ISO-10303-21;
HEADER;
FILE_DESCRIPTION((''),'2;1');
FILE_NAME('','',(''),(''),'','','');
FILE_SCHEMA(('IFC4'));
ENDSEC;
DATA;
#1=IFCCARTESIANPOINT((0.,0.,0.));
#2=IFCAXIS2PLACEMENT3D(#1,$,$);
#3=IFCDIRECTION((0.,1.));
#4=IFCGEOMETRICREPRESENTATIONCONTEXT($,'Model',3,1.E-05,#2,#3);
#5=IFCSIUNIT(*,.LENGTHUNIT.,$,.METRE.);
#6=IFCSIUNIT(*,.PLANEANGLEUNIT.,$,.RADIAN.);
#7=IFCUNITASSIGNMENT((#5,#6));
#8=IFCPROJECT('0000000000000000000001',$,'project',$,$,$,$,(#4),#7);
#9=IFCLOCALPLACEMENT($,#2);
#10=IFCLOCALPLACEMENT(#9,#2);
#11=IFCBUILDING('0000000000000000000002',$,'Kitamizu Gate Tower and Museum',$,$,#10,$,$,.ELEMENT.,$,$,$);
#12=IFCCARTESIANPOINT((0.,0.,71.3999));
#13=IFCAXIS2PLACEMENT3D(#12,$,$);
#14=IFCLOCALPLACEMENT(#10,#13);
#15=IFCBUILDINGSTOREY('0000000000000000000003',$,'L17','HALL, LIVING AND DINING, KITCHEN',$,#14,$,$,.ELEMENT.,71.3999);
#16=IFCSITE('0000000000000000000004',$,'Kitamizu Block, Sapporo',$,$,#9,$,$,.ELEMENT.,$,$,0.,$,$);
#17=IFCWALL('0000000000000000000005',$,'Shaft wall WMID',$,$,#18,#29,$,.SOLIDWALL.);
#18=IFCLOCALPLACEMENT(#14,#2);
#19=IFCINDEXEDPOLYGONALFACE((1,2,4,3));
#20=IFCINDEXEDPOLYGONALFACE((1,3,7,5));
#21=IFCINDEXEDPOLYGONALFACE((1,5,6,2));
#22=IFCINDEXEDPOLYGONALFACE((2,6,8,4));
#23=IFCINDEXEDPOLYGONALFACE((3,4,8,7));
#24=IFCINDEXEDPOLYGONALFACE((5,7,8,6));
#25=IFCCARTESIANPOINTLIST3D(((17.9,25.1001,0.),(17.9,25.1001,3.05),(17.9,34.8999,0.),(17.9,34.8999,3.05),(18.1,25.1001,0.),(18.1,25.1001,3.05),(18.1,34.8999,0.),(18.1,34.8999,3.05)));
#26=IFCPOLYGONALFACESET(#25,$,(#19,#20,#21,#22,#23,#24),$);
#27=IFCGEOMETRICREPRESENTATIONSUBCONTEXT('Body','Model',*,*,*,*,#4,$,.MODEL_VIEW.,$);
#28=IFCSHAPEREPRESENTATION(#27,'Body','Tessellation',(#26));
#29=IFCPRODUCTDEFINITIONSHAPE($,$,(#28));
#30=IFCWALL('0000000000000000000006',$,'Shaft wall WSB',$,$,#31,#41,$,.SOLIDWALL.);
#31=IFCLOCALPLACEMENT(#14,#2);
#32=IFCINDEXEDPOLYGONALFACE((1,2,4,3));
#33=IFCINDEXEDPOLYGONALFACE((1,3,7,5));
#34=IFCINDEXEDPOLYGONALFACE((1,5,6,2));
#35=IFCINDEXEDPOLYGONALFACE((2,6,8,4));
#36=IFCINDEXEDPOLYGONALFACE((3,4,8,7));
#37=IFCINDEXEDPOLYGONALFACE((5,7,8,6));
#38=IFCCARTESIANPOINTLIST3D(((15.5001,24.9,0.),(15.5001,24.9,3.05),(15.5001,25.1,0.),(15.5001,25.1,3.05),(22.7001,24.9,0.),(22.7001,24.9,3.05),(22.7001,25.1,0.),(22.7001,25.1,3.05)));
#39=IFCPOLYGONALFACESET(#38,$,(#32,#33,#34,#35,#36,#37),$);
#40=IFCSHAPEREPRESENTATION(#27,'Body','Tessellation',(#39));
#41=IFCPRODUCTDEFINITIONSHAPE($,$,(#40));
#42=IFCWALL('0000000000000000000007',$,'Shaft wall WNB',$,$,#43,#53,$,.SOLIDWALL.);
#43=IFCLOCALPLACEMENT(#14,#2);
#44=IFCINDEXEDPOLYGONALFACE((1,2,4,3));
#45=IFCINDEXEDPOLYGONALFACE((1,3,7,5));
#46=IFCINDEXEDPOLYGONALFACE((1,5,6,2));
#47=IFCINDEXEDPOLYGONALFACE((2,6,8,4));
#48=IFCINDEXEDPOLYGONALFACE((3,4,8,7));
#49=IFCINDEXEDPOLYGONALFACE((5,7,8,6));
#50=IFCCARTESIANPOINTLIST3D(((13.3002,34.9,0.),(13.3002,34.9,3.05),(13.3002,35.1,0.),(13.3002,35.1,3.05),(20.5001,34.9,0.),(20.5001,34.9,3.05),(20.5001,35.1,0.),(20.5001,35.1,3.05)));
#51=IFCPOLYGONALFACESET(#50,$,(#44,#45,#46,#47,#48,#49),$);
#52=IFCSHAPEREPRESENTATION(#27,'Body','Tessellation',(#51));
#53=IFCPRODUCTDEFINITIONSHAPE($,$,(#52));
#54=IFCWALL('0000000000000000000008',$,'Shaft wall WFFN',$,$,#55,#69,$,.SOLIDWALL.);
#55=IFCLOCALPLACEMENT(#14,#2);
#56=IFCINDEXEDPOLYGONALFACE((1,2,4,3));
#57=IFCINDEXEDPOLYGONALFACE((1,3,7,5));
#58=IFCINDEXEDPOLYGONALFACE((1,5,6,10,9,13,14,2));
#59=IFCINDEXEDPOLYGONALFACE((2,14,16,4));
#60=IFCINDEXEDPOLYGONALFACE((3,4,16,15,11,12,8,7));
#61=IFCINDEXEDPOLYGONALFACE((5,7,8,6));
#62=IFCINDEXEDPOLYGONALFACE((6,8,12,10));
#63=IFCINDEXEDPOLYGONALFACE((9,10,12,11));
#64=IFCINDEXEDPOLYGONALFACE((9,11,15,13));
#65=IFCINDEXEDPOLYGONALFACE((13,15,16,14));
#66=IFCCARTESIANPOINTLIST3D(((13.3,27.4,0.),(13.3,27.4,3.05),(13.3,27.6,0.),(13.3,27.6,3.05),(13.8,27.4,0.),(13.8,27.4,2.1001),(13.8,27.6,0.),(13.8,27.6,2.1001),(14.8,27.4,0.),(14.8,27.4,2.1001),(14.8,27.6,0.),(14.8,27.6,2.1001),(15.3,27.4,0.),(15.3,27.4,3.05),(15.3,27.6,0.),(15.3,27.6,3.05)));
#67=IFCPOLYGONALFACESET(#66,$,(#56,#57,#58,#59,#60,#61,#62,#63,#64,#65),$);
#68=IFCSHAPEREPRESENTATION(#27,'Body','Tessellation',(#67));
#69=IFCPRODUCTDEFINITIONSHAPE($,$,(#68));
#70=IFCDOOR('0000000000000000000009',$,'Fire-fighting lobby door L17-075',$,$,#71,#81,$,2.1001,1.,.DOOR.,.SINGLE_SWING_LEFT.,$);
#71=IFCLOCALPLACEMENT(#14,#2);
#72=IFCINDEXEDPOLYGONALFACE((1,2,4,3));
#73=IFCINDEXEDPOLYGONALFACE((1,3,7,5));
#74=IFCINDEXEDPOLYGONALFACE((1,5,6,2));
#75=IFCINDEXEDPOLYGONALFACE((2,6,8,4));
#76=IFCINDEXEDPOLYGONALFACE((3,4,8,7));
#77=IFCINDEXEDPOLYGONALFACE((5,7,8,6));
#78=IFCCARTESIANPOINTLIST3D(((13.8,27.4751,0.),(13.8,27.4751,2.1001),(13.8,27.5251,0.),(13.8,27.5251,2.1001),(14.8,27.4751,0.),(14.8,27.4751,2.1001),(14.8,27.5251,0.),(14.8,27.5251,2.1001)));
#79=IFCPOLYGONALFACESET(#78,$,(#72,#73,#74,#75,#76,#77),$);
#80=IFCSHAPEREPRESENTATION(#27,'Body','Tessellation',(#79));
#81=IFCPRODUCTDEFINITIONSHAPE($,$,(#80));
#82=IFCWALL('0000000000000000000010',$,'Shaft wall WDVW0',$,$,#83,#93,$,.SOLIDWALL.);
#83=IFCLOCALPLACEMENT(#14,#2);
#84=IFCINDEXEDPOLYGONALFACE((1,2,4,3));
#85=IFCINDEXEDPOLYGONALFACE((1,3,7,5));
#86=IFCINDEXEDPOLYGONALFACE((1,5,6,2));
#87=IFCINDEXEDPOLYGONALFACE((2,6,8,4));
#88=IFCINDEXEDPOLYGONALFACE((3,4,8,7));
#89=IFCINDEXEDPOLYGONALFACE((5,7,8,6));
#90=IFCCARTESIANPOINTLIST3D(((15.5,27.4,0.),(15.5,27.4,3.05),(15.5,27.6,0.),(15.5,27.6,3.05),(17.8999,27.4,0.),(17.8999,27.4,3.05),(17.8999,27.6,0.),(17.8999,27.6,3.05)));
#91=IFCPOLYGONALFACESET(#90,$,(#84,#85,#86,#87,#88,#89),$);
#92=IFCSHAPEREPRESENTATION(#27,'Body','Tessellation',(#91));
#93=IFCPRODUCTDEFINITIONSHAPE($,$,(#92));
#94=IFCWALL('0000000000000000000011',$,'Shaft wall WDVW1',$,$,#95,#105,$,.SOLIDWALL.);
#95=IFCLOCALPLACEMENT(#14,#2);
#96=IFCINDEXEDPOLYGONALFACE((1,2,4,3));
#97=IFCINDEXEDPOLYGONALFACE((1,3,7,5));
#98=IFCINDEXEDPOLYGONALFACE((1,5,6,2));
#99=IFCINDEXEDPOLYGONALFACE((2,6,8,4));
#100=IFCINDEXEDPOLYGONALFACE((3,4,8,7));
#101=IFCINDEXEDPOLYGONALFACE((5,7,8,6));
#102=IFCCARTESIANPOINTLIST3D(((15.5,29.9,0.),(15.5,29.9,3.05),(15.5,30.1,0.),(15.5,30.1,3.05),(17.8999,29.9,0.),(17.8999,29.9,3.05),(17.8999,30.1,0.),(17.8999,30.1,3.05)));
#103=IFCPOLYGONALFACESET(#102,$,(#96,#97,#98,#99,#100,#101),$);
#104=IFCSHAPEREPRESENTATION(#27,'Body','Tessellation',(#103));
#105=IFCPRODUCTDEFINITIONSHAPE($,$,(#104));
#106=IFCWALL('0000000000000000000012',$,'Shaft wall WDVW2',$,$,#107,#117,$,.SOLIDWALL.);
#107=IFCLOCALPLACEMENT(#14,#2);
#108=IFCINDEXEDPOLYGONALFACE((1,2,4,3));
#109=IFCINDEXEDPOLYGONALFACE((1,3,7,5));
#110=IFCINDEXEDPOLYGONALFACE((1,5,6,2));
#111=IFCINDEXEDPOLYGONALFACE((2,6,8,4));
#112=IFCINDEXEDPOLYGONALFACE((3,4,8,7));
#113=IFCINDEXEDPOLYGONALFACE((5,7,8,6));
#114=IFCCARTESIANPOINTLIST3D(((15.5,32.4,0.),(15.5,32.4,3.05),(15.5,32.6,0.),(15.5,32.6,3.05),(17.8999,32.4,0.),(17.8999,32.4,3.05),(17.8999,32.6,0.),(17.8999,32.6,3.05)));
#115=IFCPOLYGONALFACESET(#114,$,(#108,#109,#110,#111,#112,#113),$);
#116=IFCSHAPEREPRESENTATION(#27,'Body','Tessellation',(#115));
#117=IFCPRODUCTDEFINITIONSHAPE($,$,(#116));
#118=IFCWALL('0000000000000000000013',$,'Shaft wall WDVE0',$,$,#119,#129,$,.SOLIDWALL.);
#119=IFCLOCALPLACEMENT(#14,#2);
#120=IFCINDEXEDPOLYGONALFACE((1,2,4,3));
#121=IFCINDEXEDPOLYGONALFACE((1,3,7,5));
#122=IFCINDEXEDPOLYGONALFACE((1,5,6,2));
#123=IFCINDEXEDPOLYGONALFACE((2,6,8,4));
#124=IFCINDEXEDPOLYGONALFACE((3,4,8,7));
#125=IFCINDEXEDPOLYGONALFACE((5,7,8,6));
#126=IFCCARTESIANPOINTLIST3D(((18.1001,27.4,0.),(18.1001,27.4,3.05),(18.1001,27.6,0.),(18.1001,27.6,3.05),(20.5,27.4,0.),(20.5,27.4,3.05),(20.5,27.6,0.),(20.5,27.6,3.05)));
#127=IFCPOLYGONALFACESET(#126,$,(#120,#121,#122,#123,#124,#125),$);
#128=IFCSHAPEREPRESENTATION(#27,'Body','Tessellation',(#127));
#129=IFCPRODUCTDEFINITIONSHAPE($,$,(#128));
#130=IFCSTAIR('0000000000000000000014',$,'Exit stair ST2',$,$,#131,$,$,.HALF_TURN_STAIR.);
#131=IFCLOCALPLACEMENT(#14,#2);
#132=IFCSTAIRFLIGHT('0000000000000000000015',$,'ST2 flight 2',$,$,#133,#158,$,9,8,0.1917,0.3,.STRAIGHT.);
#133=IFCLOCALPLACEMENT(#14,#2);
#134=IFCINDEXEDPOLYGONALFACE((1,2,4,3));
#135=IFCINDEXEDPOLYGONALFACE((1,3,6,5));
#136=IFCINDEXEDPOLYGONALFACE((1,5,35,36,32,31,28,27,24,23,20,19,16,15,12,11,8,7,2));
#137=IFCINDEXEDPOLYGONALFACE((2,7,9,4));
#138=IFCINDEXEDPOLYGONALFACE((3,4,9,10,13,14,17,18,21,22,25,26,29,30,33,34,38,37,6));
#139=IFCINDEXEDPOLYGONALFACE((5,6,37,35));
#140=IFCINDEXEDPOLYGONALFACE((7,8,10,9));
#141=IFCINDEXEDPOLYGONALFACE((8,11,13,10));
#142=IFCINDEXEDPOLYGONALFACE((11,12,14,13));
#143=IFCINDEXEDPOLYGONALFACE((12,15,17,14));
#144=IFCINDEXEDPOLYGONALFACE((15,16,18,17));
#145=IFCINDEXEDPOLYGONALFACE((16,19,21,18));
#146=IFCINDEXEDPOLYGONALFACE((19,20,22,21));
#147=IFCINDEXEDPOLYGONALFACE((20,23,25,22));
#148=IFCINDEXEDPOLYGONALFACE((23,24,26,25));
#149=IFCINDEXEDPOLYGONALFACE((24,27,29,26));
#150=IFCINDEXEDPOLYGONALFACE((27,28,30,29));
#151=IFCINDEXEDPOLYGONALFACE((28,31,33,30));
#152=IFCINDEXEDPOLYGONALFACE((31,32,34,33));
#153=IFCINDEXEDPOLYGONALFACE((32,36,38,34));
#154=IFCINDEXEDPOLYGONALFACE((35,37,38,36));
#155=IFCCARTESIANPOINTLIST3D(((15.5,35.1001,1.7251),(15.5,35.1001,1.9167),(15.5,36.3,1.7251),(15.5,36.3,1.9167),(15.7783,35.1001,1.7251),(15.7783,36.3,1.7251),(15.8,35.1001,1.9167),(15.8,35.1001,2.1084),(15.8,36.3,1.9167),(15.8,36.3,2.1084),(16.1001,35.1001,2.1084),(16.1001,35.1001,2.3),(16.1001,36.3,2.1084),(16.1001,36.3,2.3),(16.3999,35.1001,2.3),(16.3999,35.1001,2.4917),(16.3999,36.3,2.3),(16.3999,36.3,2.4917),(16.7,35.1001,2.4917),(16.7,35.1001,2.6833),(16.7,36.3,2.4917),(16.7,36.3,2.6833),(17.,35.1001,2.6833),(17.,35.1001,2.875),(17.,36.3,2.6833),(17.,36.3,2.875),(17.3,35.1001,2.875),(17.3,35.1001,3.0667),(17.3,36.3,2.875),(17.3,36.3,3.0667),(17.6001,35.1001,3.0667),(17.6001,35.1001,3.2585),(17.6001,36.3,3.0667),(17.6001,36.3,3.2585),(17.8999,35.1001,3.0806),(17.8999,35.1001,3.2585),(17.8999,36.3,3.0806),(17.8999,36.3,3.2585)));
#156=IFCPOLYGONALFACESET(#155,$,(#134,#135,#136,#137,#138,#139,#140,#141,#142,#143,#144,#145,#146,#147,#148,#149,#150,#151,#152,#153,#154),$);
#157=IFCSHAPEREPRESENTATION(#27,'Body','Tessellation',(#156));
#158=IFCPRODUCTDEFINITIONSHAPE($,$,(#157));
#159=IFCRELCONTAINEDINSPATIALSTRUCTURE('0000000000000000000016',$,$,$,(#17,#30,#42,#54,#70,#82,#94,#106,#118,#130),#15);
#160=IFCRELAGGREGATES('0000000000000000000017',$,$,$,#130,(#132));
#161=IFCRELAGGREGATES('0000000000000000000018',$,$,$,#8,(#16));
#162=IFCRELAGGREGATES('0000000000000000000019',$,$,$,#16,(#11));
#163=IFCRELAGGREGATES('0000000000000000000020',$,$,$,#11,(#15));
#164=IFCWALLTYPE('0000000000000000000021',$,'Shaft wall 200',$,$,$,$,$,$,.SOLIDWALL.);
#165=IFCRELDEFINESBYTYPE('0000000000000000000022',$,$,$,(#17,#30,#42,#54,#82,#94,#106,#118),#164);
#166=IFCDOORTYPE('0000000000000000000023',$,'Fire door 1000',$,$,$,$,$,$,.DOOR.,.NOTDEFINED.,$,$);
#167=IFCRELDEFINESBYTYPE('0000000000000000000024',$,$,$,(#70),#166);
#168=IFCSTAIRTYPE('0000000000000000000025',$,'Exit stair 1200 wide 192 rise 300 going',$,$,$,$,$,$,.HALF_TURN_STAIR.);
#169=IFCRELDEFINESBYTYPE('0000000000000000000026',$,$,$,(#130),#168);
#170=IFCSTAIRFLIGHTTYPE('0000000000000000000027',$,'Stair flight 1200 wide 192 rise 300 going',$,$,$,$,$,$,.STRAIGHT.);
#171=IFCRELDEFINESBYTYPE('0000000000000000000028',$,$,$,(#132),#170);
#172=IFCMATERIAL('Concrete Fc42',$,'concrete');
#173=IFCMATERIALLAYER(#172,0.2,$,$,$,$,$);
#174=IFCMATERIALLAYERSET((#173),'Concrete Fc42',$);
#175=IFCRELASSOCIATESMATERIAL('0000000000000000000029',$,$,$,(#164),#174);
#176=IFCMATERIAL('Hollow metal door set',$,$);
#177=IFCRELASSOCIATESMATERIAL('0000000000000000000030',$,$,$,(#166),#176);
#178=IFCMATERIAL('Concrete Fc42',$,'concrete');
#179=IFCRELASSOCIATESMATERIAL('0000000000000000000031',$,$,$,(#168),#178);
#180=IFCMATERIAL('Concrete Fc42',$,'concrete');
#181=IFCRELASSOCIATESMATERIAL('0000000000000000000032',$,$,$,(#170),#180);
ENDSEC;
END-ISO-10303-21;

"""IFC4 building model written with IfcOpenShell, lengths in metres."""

from ifc_helpers import new_model, si_unit, direction, frame, frame_2d, origin, place, context, subcontext, project, spatial, polyline, rectangle, outline, extrude, material, layer, layer_set, type_object, element, fill, aggregate, save


model = new_model("IFC4")

# Units and contexts
model_context = context("Model", 3, precision=1e-05, world=origin(), true_north=direction((0.0, 1.0)))
body_context = subcontext(model_context, "Body", "Model", "MODEL_VIEW")
ifc_project = project(units=[si_unit("LENGTHUNIT", "METRE"), si_unit("PLANEANGLEUNIT", "RADIAN")], contexts=[model_context])

# Site, building, storey
site_placement = place(None, origin())
site = spatial("IfcSite", under=ifc_project, at=site_placement, Name="Kitamizu Block, Sapporo", CompositionType="ELEMENT", RefElevation=0.0)
building_placement = place(site_placement, origin())
building = spatial("IfcBuilding", under=site, at=building_placement, Name="Kitamizu Gate Tower and Museum", CompositionType="ELEMENT")
storey_placement = place(building_placement, frame((0.0, 0.0, 71.3999)))
storey = spatial("IfcBuildingStorey", under=building, at=storey_placement, Name="L17", Description="HALL, LIVING AND DINING, KITCHEN", CompositionType="ELEMENT", Elevation=71.3999)

# Walls
ifc_material_1 = material(Name="Concrete Fc42", Category="concrete")
ifc_layer_1 = layer(ifc_material_1, 0.2)
ifc_layer_set_1 = layer_set([ifc_layer_1], Name="Concrete Fc42")
wall_type_1 = type_object("IfcWallType", Name="Shaft wall 200", PredefinedType="SOLIDWALL", material=ifc_layer_set_1)
wall_1_placement = place(storey_placement, frame((18.0, 25.1001, 0.0), z_axis=(0.0, 0.0, 1.0), x_axis=(0.0, 1.0, 0.0)))
element("IfcWall", 1, at=wall_1_placement, inside=storey, type_object=wall_type_1, Name="Shaft wall WMID", PredefinedType="SOLIDWALL", context=body_context, shape_type="SweptSolid", body=[
    extrude(rectangle(XDim=9.7998, YDim=0.2, at=frame_2d((4.8999, 0.0))), origin(), (0.0, 0.0, 1.0), 3.05),
])
for number, where, z_axis, x_axis, name in (
    (2, (15.5, 25.0, 0.0), (0.0, 0.0, 1.0), (1.0, 0.0, 0.0), "Shaft wall WSB"),
    (3, (13.3, 35.0, 0.0), (0.0, 0.0, 1.0), (1.0, 0.0, 0.0), "Shaft wall WNB"),
):
    element("IfcWall", number, at=place(storey_placement, frame(where, z_axis=z_axis, x_axis=x_axis)), inside=storey, type_object=wall_type_1, Name=name, PredefinedType="SOLIDWALL", context=body_context, shape_type="SweptSolid", body=[
        extrude(rectangle(XDim=7.2, YDim=0.2, at=frame_2d((3.6001, 0.0))), origin(), (0.0, 0.0, 1.0), 3.05),
    ])

# Wall, opening, door
wall_2_placement = place(storey_placement, frame((13.3, 27.5, 0.0), z_axis=(0.0, 0.0, 1.0), x_axis=(1.0, 0.0, 0.0)))
wall_2 = element("IfcWall", 4, at=wall_2_placement, inside=storey, type_object=wall_type_1, Name="Shaft wall WFFN", PredefinedType="SOLIDWALL", context=body_context, shape_type="SweptSolid", body=[
    extrude(rectangle(XDim=2.0, YDim=0.2, at=frame_2d((1.0, 0.0))), origin(), (0.0, 0.0, 1.0), 3.05),
])
opening_1_placement = place(wall_2_placement, frame((0.5, 0.0, 0.0)))
opening_1 = element("IfcOpeningElement", 5, at=opening_1_placement, cuts=wall_2, PredefinedType="OPENING", context=body_context, shape_type="SweptSolid", body=[
    extrude(rectangle(XDim=1.0, YDim=2.1001, at=frame_2d((0.5, 1.05))), frame((0.0, 0.1099, 0.0), z_axis=(0.0, -1.0, 0.0), x_axis=(1.0, 0.0, 0.0)), (0.0, 0.0, 1.0), 0.22),
])
ifc_material_2 = material(Name="Hollow metal door set")
door_type_1 = type_object("IfcDoorType", Name="Fire door 1000", OperationType="NOTDEFINED", PredefinedType="DOOR", material=ifc_material_2)
door_1_placement = place(opening_1_placement, frame((1.0, 0.0, 0.0), x_axis=(-1.0, 0.0, 0.0)))
door_1 = element("IfcDoor", 6, at=door_1_placement, inside=storey, type_object=door_type_1, Name="Fire-fighting lobby door L17-075", OperationType="SINGLE_SWING_LEFT", OverallHeight=2.1001, OverallWidth=1.0, PredefinedType="DOOR", context=body_context, shape_type="SweptSolid", body=[
    extrude(rectangle(XDim=1.0, YDim=2.1001, at=frame_2d((0.5, 1.05))), frame((0.0, 0.0249, 0.0), z_axis=(0.0, -1.0, 0.0), x_axis=(1.0, 0.0, 0.0)), (0.0, 0.0, 1.0), 0.05),
])
fill(opening_1, door_1)

# Walls
for number, where, z_axis, x_axis, name in (
    (7, (15.5, 27.5, 0.0), (0.0, 0.0, 1.0), (1.0, 0.0, 0.0), "Shaft wall WDVW0"),
    (8, (15.5, 30.0, 0.0), (0.0, 0.0, 1.0), (1.0, 0.0, 0.0), "Shaft wall WDVW1"),
    (9, (15.5, 32.5, 0.0), (0.0, 0.0, 1.0), (1.0, 0.0, 0.0), "Shaft wall WDVW2"),
    (10, (18.1001, 27.5, 0.0), (0.0, 0.0, 1.0), (1.0, 0.0, 0.0), "Shaft wall WDVE0"),
):
    element("IfcWall", number, at=place(storey_placement, frame(where, z_axis=z_axis, x_axis=x_axis)), inside=storey, type_object=wall_type_1, Name=name, PredefinedType="SOLIDWALL", context=body_context, shape_type="SweptSolid", body=[
        extrude(rectangle(XDim=2.3999, YDim=0.2, at=frame_2d((1.2, 0.0))), origin(), (0.0, 0.0, 1.0), 3.05),
    ])

# Stair, stair flight
ifc_material_3 = material(Name="Concrete Fc42", Category="concrete")
stair_type = type_object("IfcStairType", Name="Exit stair 1200 wide 192 rise 300 going", PredefinedType="HALF_TURN_STAIR", material=ifc_material_3)
stair_placement = place(storey_placement, origin())
stair = element("IfcStair", 11, at=stair_placement, inside=storey, type_object=stair_type, Name="Exit stair ST2", PredefinedType="HALF_TURN_STAIR")
ifc_material_4 = material(Name="Concrete Fc42", Category="concrete")
stair_flight_type = type_object("IfcStairFlightType", Name="Stair flight 1200 wide 192 rise 300 going", PredefinedType="STRAIGHT", material=ifc_material_4)
stair_flight_placement = place(storey_placement, frame((15.5, 35.7, 1.7251), z_axis=(0.0, 0.0, 1.0), x_axis=(1.0, 0.0, 0.0)))
stair_flight = element("IfcStairFlight", 12, at=stair_flight_placement, type_object=stair_flight_type, Name="ST2 flight 2", NumberOfRisers=9, NumberOfTreads=8, PredefinedType="STRAIGHT", RiserHeight=0.1917, TreadLength=0.3, context=body_context, shape_type="SweptSolid", body=[
    extrude(outline(polyline([(0.0, 0.0), (0.0, 0.1917), (0.3, 0.1917), (0.3, 0.3833), (0.6001, 0.3833), (0.6001, 0.575), (0.8999, 0.575), (0.8999, 0.7666), (1.2, 0.7666), (1.2, 0.9583), (1.5, 0.9583), (1.5, 1.1499), (1.8, 1.1499), (1.8, 1.3416), (2.1001, 1.3416), (2.1001, 1.5334), (2.3999, 1.5334), (2.3999, 1.7251), (2.3999, 1.3555), (0.2783, 0.0), (0.0, 0.0)])), frame((0.0, 0.6001, 0.0), z_axis=(0.0, -1.0, 0.0), x_axis=(1.0, 0.0, 0.0)), (0.0, 0.0, 1.0), 1.2),
])
aggregate(stair, [stair_flight])

save(model, "model.ifc")
